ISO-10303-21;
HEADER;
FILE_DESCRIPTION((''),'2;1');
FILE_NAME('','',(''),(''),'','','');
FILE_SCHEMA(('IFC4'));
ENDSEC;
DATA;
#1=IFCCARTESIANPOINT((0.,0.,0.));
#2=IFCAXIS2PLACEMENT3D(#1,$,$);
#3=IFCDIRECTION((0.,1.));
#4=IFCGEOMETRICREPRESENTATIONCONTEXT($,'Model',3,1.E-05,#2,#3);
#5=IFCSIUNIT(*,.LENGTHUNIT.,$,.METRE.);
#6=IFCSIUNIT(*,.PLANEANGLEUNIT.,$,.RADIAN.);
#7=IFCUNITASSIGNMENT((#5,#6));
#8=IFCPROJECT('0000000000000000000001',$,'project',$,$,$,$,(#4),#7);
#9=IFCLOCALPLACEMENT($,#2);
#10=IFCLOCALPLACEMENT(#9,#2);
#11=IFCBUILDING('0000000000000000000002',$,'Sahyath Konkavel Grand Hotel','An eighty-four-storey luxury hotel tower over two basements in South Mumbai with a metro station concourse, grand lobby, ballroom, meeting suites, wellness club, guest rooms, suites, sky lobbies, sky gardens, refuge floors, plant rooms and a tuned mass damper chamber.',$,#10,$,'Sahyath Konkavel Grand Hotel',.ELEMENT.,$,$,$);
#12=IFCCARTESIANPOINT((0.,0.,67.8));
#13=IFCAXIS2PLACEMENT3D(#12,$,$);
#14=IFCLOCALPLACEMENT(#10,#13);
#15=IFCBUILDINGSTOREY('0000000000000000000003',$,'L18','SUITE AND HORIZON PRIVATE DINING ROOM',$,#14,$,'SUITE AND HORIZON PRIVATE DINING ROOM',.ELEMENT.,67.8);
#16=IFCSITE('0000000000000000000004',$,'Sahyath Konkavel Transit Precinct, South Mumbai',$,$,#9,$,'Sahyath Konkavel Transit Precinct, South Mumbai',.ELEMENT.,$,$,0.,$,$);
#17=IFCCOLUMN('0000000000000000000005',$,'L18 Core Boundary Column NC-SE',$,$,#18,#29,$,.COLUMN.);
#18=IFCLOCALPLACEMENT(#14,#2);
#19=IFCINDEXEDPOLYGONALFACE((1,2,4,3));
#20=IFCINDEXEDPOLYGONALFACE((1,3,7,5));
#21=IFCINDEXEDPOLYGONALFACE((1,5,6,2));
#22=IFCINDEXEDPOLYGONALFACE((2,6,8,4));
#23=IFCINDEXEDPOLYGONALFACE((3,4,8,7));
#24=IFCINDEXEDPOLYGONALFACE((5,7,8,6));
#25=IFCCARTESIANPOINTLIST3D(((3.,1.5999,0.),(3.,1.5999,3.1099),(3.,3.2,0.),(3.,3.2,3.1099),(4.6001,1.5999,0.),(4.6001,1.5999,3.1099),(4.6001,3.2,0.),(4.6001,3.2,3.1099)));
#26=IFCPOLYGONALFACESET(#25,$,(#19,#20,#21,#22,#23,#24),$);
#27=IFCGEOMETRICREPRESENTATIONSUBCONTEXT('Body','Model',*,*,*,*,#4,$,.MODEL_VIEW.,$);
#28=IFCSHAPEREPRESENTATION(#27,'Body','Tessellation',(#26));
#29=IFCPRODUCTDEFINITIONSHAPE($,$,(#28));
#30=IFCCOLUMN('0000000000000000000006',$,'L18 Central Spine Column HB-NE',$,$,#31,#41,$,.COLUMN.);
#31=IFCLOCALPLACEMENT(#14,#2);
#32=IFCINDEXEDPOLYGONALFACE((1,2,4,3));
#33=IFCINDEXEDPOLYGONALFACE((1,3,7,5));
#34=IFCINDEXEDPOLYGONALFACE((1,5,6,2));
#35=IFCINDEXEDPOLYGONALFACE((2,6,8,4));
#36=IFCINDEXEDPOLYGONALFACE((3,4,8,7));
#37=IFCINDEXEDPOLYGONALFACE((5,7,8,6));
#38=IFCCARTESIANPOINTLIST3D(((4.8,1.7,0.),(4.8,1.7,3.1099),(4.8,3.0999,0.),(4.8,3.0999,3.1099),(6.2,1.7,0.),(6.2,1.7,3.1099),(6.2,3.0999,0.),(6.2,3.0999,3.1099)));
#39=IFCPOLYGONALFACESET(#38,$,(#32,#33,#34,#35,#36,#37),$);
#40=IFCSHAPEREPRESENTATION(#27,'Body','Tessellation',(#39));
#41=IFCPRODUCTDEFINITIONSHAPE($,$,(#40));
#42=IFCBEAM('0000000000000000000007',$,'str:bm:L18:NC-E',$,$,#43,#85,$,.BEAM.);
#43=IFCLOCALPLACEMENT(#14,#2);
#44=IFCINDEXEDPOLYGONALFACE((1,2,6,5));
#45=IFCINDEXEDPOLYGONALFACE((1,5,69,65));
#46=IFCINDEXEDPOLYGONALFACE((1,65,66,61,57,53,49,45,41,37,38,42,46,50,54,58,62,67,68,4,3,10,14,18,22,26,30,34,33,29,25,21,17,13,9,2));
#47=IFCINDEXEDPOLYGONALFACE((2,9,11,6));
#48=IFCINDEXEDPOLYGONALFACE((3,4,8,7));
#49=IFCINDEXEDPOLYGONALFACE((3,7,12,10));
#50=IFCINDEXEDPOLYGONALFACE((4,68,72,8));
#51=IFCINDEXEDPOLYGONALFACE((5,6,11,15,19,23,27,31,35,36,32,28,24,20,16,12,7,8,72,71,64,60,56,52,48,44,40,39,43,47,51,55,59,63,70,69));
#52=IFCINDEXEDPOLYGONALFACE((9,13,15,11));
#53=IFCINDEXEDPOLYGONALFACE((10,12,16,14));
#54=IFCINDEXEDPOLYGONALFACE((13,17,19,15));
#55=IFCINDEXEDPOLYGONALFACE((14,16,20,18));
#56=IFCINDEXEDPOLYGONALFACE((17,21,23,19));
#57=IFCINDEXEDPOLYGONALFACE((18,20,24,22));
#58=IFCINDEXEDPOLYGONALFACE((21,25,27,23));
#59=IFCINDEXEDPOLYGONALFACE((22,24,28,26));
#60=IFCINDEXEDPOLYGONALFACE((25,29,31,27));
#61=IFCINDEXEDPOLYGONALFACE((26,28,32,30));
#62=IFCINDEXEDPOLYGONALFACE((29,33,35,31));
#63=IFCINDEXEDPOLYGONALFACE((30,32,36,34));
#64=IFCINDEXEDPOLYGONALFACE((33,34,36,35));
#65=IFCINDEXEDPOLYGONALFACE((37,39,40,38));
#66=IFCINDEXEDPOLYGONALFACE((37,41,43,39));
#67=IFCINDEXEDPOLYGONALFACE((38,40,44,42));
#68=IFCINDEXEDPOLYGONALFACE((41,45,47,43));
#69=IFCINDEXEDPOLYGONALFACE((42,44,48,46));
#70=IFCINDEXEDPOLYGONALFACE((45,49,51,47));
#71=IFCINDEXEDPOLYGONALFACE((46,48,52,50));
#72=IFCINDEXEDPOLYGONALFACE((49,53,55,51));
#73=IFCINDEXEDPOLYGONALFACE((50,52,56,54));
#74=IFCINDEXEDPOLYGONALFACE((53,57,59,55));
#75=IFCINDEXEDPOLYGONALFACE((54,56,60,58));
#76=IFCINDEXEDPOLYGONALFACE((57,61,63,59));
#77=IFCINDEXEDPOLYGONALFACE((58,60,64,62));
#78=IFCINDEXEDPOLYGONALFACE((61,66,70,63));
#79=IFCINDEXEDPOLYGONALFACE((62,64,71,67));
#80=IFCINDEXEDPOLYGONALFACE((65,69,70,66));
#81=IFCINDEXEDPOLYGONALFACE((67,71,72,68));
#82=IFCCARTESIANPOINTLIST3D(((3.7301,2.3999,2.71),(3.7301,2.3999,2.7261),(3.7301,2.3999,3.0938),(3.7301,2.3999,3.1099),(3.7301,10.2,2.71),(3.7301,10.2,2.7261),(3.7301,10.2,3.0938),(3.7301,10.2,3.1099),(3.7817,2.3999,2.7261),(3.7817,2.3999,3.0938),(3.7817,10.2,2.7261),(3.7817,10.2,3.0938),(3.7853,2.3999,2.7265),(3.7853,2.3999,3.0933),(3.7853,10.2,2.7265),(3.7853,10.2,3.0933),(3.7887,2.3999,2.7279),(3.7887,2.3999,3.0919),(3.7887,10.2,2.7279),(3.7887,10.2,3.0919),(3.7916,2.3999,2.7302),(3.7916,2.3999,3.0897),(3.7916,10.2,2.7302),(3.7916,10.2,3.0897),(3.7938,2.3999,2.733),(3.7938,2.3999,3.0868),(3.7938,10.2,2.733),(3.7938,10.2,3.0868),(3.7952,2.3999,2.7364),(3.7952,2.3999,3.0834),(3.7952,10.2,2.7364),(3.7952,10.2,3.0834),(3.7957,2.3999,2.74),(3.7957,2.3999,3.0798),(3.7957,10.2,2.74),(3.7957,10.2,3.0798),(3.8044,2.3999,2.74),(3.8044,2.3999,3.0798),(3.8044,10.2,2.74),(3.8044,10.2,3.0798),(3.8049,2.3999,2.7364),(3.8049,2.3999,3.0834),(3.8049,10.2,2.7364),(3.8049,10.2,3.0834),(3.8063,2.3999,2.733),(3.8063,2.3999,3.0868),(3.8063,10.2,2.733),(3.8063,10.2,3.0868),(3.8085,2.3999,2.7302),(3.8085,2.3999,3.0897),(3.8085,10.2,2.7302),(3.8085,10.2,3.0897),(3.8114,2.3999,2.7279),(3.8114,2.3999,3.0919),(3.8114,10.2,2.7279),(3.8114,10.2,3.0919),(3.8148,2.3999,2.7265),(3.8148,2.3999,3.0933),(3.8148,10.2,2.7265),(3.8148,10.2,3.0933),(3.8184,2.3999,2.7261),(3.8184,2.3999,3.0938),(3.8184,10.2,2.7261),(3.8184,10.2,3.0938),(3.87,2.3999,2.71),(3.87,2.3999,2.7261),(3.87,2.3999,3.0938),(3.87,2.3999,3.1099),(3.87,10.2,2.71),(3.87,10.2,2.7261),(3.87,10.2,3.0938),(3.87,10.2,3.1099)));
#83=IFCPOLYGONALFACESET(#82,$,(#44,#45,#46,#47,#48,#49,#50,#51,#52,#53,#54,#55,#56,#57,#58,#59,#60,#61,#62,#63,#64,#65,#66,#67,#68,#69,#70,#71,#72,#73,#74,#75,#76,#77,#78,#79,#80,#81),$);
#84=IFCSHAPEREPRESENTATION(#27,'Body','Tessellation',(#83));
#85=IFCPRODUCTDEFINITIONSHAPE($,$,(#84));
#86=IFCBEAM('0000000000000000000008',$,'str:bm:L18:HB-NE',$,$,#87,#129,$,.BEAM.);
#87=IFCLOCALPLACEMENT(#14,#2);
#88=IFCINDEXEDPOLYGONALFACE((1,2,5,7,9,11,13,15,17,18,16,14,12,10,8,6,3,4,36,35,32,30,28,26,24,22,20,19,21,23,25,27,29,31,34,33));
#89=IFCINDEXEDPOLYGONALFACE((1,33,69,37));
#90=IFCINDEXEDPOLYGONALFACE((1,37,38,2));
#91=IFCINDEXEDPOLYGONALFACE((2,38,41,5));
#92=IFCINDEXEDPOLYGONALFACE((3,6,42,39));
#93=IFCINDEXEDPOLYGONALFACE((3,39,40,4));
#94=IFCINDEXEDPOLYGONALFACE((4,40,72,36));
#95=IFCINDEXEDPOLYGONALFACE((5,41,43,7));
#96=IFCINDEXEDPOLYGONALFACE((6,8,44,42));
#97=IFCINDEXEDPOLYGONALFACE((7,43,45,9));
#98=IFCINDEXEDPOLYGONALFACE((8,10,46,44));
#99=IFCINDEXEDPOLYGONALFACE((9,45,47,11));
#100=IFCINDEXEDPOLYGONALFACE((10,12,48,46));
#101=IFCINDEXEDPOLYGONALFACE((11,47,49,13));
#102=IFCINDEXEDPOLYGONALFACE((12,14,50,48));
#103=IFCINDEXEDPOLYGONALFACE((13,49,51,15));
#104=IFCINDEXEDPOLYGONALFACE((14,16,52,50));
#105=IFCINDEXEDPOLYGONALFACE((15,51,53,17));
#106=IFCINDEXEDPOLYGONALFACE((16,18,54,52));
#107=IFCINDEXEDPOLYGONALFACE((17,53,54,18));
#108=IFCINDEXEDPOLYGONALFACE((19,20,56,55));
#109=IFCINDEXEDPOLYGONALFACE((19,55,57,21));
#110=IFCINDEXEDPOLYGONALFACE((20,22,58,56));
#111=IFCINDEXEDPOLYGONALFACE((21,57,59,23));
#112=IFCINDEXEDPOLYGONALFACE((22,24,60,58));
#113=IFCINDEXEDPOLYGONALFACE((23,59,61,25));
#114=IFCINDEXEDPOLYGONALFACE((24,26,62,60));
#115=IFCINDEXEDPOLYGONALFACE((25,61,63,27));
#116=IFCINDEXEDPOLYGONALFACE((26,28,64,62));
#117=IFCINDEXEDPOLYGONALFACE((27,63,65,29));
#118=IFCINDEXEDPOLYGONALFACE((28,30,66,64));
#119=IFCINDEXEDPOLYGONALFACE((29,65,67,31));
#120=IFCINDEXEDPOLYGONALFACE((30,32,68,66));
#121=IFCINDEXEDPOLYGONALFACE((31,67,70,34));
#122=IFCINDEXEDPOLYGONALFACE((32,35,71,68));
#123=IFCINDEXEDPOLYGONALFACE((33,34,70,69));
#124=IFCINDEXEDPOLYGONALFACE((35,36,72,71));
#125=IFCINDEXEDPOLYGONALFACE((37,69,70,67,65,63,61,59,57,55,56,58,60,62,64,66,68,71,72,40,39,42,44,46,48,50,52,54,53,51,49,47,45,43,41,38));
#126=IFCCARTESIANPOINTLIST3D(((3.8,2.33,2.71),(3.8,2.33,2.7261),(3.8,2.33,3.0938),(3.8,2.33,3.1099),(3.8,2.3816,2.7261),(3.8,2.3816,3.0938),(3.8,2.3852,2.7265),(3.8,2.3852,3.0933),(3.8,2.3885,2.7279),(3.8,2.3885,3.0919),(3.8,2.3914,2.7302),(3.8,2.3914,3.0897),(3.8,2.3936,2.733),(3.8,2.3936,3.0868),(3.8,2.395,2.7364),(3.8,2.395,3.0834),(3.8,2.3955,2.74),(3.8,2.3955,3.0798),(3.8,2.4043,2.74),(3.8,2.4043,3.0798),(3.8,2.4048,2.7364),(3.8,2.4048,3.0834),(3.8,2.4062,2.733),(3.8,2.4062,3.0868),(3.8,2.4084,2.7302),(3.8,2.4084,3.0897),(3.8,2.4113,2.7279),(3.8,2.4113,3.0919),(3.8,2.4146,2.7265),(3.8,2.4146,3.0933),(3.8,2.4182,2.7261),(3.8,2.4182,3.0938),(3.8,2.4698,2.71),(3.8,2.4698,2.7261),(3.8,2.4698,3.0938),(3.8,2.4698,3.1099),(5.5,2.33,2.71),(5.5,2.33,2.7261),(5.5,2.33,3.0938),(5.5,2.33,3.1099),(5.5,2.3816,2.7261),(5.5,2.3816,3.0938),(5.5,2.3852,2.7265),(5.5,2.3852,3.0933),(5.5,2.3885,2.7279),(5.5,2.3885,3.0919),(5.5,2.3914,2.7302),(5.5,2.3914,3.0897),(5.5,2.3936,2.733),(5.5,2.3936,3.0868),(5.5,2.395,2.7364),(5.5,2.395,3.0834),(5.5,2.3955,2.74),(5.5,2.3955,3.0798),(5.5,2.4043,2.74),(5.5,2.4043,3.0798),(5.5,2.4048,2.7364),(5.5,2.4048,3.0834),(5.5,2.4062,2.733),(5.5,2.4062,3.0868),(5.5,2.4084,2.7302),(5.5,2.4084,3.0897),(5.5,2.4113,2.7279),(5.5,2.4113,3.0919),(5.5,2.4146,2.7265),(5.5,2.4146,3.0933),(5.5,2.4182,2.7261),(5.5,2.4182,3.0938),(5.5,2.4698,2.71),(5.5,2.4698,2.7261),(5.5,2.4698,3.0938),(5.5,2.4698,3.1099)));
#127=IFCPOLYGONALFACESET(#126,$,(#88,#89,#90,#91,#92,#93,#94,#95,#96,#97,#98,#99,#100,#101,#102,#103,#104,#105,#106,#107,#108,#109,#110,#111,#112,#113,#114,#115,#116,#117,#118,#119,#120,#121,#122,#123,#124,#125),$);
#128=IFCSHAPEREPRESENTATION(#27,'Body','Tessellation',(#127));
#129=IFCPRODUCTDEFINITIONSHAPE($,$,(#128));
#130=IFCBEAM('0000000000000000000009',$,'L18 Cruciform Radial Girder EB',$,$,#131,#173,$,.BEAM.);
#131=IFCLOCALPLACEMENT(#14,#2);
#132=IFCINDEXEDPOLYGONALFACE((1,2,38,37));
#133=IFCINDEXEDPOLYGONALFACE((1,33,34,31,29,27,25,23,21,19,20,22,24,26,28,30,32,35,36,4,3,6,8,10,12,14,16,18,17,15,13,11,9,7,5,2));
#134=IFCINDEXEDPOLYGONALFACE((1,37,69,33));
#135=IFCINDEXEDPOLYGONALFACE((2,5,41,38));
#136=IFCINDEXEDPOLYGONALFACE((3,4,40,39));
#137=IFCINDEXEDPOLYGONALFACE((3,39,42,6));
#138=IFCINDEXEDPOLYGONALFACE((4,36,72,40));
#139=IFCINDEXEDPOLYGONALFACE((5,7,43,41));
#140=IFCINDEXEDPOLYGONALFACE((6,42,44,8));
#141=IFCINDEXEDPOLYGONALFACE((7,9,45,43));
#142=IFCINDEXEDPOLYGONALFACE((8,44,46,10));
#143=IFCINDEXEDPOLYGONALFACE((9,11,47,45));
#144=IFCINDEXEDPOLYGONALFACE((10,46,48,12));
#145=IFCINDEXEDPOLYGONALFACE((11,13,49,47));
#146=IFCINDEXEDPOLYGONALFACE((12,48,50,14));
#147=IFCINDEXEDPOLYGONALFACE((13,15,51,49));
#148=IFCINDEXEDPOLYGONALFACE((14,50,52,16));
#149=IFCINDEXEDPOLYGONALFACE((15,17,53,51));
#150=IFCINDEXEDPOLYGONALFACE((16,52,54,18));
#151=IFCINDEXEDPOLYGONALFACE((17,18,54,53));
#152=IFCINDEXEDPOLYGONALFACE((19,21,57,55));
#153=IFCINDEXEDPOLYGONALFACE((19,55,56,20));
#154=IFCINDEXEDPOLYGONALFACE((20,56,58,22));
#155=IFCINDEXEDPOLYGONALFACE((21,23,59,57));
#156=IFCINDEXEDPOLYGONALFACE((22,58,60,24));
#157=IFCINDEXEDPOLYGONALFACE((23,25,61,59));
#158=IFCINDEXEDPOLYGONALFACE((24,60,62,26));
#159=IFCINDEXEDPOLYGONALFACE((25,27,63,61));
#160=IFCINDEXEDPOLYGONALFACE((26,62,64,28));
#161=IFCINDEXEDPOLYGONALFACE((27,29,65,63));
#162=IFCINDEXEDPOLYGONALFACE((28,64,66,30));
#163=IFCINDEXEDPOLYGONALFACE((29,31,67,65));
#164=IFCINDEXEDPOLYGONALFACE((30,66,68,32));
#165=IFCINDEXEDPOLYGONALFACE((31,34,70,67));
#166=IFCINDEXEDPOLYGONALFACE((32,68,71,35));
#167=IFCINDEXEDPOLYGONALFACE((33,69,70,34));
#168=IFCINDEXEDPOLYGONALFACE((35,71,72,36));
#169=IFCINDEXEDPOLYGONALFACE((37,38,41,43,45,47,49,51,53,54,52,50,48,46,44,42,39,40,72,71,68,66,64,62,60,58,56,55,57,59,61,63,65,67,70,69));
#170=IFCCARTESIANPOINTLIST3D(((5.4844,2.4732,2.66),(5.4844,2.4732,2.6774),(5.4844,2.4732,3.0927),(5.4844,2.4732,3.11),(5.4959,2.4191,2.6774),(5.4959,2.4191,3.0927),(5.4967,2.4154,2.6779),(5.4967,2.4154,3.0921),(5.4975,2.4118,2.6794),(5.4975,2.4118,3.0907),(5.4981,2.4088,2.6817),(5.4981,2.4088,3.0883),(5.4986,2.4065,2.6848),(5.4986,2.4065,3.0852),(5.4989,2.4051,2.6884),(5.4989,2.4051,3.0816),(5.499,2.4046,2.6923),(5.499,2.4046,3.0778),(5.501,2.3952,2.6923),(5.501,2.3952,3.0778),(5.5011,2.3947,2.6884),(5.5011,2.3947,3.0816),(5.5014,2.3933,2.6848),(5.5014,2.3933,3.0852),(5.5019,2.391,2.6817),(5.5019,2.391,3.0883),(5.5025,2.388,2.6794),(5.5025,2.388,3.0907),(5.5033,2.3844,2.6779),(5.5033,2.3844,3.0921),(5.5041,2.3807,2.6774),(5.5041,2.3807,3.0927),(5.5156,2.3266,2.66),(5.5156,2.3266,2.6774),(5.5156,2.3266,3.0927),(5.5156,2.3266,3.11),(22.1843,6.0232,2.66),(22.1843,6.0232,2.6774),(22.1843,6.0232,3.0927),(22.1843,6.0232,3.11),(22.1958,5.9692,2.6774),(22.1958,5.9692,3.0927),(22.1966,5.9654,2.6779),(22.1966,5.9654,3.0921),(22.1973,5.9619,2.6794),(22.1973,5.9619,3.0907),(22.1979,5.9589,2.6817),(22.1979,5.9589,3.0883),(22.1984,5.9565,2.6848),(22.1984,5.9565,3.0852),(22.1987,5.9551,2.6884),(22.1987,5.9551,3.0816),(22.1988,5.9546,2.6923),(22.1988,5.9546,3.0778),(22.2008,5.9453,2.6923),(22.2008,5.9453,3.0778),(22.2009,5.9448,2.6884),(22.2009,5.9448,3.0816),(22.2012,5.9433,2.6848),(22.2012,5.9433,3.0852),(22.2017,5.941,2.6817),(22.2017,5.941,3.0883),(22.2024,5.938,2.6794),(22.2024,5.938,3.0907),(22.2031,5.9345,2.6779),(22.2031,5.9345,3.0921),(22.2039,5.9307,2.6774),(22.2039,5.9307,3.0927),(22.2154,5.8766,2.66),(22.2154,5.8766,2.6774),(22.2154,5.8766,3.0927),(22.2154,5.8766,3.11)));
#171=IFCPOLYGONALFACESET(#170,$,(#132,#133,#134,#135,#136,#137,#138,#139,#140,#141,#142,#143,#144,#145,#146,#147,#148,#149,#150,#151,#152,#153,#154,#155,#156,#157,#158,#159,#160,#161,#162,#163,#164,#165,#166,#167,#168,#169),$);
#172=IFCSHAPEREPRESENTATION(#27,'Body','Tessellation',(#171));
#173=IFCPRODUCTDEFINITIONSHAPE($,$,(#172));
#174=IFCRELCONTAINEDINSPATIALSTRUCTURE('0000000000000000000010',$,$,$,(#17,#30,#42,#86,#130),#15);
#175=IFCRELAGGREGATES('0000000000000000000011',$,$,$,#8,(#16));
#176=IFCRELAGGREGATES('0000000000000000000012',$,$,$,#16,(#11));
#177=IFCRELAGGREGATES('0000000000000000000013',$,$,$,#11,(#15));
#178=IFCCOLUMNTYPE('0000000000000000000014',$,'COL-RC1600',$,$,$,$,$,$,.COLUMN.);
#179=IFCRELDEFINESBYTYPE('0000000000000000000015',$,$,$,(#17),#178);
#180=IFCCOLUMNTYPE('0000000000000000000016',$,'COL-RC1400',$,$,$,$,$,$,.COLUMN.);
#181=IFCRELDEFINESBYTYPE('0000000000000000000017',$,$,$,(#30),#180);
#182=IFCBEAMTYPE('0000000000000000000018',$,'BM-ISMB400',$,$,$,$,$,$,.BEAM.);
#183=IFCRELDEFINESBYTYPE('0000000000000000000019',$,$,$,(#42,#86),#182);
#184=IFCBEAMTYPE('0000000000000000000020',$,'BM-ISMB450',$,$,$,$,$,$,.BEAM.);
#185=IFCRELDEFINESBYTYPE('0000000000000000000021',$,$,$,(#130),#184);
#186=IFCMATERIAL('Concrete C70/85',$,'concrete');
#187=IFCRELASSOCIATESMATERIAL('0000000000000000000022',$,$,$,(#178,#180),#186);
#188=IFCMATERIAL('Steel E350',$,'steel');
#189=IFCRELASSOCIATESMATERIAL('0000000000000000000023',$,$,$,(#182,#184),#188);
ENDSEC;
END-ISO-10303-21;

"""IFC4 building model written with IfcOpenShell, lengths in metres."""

from ifc_helpers import new_model, si_unit, direction, frame, origin, origin_2d, place, context, subcontext, project, spatial, rectangle, i_section, extrude, source, transform, mapped, material, material_profile, profile_set, type_object, element, save


model = new_model("IFC4")

# Units and contexts
model_context = context("Model", 3, precision=1e-05, world=origin(), true_north=direction((0.0, 1.0)))
body_context = subcontext(model_context, "Body", "Model", "MODEL_VIEW")
ifc_project = project(units=[si_unit("LENGTHUNIT", "METRE"), si_unit("PLANEANGLEUNIT", "RADIAN")], contexts=[model_context])

# Site, building, storey
site_placement = place(None, origin())
site = spatial("IfcSite", under=ifc_project, at=site_placement, Name="Sahyath Konkavel Transit Precinct, South Mumbai", LongName="Sahyath Konkavel Transit Precinct, South Mumbai", CompositionType="ELEMENT", RefElevation=0.0)
building_placement = place(site_placement, origin())
building = spatial("IfcBuilding", under=site, at=building_placement, Name="Sahyath Konkavel Grand Hotel", Description="An eighty-four-storey luxury hotel tower over two basements in South Mumbai with a metro station concourse, grand lobby, ballroom, meeting suites, wellness club, guest rooms, suites, sky lobbies, sky gardens, refuge floors, plant rooms and a tuned mass damper chamber.", LongName="Sahyath Konkavel Grand Hotel", CompositionType="ELEMENT")
storey_placement = place(building_placement, frame((0.0, 0.0, 67.8)))
storey = spatial("IfcBuildingStorey", under=building, at=storey_placement, Name="L18", Description="SUITE AND HORIZON PRIVATE DINING ROOM", LongName="SUITE AND HORIZON PRIVATE DINING ROOM", CompositionType="ELEMENT", Elevation=67.8)

# Columns
ifc_material_1 = material(Name="Concrete C70/85", Category="concrete")
ifc_material_profile_1 = material_profile(ifc_material_1, rectangle(XDim=1.6001, YDim=1.6001, at=origin_2d()), Name="RC 1600x1600")
ifc_profile_set_1 = profile_set([ifc_material_profile_1], Name="Concrete C70/85")
column_type_1 = type_object("IfcColumnType", Name="COL-RC1600", PredefinedType="COLUMN", material=ifc_profile_set_1)
shared_shape_1 = source(origin(), body_context, "Body", "SweptSolid", [
    extrude(rectangle(XDim=1.6001, YDim=1.6001, at=origin_2d()), origin(), (0.0, 0.0, 1.0), 3.1099),
])
column_1_placement = place(storey_placement, frame((3.8, 2.3999, 0.0), z_axis=(0.0, 0.0, 1.0), x_axis=(1.0, 0.0, 0.0)))
element("IfcColumn", 1, at=column_1_placement, inside=storey, type_object=column_type_1, Name="L18 Core Boundary Column NC-SE", PredefinedType="COLUMN", context=body_context, shape_type="MappedRepresentation", body=[
    mapped(shared_shape_1, transform((0.0, 0.0, 0.0), scale=1.0)),
])
ifc_material_profile_2 = material_profile(ifc_material_1, rectangle(XDim=1.3999, YDim=1.3999, at=origin_2d()), Name="RC 1400x1400")
ifc_profile_set_2 = profile_set([ifc_material_profile_2], Name="Concrete C70/85")
column_type_2 = type_object("IfcColumnType", Name="COL-RC1400", PredefinedType="COLUMN", material=ifc_profile_set_2)
shared_shape_2 = source(origin(), body_context, "Body", "SweptSolid", [
    extrude(rectangle(XDim=1.3999, YDim=1.3999, at=origin_2d()), origin(), (0.0, 0.0, 1.0), 3.1099),
])
column_2_placement = place(storey_placement, frame((5.5, 2.3999, 0.0), z_axis=(0.0, 0.0, 1.0), x_axis=(1.0, 0.0, 0.0)))
element("IfcColumn", 2, at=column_2_placement, inside=storey, type_object=column_type_2, Name="L18 Central Spine Column HB-NE", PredefinedType="COLUMN", context=body_context, shape_type="MappedRepresentation", body=[
    mapped(shared_shape_2, transform((0.0, 0.0, 0.0), scale=1.0)),
])

# Beams
ifc_material_2 = material(Name="Steel E350", Category="steel")
ifc_material_profile_3 = material_profile(ifc_material_2, i_section(OverallWidth=0.1399, OverallDepth=0.3999, WebThickness=0.0088, FlangeThickness=0.0161, FilletRadius=0.0139, at=origin_2d()), Name="ISMB 400")
ifc_profile_set_3 = profile_set([ifc_material_profile_3], Name="Steel E350")
beam_type_1 = type_object("IfcBeamType", Name="BM-ISMB400", PredefinedType="BEAM", material=ifc_profile_set_3)
shared_shape_3 = source(origin(), body_context, "Body", "SweptSolid", [
    extrude(i_section(OverallWidth=0.1399, OverallDepth=0.3999, WebThickness=0.0088, FlangeThickness=0.0161, FilletRadius=0.0139, at=origin_2d()), origin(), (0.0, 0.0, 1.0), 7.8),
])
beam_1_placement = place(storey_placement, frame((3.8, 2.3999, 2.9099), z_axis=(0.0, 1.0, 0.0), x_axis=(-1.0, 0.0, 0.0)))
element("IfcBeam", 3, at=beam_1_placement, inside=storey, type_object=beam_type_1, Name="str:bm:L18:NC-E", PredefinedType="BEAM", context=body_context, shape_type="MappedRepresentation", body=[
    mapped(shared_shape_3, transform((0.0, 0.0, 0.0), scale=1.0)),
])
shared_shape_4 = source(origin(), body_context, "Body", "SweptSolid", [
    extrude(i_section(OverallWidth=0.1399, OverallDepth=0.3999, WebThickness=0.0088, FlangeThickness=0.0161, FilletRadius=0.0139, at=origin_2d()), origin(), (0.0, 0.0, 1.0), 1.7),
])
beam_2_placement = place(storey_placement, frame((3.8, 2.3999, 2.9099), z_axis=(1.0, 0.0, 0.0), x_axis=(0.0, 1.0, 0.0)))
element("IfcBeam", 4, at=beam_2_placement, inside=storey, type_object=beam_type_1, Name="str:bm:L18:HB-NE", PredefinedType="BEAM", context=body_context, shape_type="MappedRepresentation", body=[
    mapped(shared_shape_4, transform((0.0, 0.0, 0.0), scale=1.0)),
])
ifc_material_profile_4 = material_profile(ifc_material_2, i_section(OverallWidth=0.1499, OverallDepth=0.45, WebThickness=0.0095, FlangeThickness=0.0173, FilletRadius=0.0149, at=origin_2d()), Name="ISMB 450")
ifc_profile_set_4 = profile_set([ifc_material_profile_4], Name="Steel E350")
beam_type_2 = type_object("IfcBeamType", Name="BM-ISMB450", PredefinedType="BEAM", material=ifc_profile_set_4)
shared_shape_5 = source(origin(), body_context, "Body", "SweptSolid", [
    extrude(i_section(OverallWidth=0.1499, OverallDepth=0.45, WebThickness=0.0095, FlangeThickness=0.0173, FilletRadius=0.0149, at=origin_2d()), origin(), (0.0, 0.0, 1.0), 17.073),
])
beam_3_placement = place(storey_placement, frame((5.5, 2.3999, 2.885), z_axis=(0.978143, 0.207932, 0.0), x_axis=(-0.207932, 0.978143, 0.0)))
element("IfcBeam", 5, at=beam_3_placement, inside=storey, type_object=beam_type_2, Name="L18 Cruciform Radial Girder EB", PredefinedType="BEAM", context=body_context, shape_type="MappedRepresentation", body=[
    mapped(shared_shape_5, transform((0.0, 0.0, 0.0), scale=1.0)),
])

save(model, "model.ifc")
